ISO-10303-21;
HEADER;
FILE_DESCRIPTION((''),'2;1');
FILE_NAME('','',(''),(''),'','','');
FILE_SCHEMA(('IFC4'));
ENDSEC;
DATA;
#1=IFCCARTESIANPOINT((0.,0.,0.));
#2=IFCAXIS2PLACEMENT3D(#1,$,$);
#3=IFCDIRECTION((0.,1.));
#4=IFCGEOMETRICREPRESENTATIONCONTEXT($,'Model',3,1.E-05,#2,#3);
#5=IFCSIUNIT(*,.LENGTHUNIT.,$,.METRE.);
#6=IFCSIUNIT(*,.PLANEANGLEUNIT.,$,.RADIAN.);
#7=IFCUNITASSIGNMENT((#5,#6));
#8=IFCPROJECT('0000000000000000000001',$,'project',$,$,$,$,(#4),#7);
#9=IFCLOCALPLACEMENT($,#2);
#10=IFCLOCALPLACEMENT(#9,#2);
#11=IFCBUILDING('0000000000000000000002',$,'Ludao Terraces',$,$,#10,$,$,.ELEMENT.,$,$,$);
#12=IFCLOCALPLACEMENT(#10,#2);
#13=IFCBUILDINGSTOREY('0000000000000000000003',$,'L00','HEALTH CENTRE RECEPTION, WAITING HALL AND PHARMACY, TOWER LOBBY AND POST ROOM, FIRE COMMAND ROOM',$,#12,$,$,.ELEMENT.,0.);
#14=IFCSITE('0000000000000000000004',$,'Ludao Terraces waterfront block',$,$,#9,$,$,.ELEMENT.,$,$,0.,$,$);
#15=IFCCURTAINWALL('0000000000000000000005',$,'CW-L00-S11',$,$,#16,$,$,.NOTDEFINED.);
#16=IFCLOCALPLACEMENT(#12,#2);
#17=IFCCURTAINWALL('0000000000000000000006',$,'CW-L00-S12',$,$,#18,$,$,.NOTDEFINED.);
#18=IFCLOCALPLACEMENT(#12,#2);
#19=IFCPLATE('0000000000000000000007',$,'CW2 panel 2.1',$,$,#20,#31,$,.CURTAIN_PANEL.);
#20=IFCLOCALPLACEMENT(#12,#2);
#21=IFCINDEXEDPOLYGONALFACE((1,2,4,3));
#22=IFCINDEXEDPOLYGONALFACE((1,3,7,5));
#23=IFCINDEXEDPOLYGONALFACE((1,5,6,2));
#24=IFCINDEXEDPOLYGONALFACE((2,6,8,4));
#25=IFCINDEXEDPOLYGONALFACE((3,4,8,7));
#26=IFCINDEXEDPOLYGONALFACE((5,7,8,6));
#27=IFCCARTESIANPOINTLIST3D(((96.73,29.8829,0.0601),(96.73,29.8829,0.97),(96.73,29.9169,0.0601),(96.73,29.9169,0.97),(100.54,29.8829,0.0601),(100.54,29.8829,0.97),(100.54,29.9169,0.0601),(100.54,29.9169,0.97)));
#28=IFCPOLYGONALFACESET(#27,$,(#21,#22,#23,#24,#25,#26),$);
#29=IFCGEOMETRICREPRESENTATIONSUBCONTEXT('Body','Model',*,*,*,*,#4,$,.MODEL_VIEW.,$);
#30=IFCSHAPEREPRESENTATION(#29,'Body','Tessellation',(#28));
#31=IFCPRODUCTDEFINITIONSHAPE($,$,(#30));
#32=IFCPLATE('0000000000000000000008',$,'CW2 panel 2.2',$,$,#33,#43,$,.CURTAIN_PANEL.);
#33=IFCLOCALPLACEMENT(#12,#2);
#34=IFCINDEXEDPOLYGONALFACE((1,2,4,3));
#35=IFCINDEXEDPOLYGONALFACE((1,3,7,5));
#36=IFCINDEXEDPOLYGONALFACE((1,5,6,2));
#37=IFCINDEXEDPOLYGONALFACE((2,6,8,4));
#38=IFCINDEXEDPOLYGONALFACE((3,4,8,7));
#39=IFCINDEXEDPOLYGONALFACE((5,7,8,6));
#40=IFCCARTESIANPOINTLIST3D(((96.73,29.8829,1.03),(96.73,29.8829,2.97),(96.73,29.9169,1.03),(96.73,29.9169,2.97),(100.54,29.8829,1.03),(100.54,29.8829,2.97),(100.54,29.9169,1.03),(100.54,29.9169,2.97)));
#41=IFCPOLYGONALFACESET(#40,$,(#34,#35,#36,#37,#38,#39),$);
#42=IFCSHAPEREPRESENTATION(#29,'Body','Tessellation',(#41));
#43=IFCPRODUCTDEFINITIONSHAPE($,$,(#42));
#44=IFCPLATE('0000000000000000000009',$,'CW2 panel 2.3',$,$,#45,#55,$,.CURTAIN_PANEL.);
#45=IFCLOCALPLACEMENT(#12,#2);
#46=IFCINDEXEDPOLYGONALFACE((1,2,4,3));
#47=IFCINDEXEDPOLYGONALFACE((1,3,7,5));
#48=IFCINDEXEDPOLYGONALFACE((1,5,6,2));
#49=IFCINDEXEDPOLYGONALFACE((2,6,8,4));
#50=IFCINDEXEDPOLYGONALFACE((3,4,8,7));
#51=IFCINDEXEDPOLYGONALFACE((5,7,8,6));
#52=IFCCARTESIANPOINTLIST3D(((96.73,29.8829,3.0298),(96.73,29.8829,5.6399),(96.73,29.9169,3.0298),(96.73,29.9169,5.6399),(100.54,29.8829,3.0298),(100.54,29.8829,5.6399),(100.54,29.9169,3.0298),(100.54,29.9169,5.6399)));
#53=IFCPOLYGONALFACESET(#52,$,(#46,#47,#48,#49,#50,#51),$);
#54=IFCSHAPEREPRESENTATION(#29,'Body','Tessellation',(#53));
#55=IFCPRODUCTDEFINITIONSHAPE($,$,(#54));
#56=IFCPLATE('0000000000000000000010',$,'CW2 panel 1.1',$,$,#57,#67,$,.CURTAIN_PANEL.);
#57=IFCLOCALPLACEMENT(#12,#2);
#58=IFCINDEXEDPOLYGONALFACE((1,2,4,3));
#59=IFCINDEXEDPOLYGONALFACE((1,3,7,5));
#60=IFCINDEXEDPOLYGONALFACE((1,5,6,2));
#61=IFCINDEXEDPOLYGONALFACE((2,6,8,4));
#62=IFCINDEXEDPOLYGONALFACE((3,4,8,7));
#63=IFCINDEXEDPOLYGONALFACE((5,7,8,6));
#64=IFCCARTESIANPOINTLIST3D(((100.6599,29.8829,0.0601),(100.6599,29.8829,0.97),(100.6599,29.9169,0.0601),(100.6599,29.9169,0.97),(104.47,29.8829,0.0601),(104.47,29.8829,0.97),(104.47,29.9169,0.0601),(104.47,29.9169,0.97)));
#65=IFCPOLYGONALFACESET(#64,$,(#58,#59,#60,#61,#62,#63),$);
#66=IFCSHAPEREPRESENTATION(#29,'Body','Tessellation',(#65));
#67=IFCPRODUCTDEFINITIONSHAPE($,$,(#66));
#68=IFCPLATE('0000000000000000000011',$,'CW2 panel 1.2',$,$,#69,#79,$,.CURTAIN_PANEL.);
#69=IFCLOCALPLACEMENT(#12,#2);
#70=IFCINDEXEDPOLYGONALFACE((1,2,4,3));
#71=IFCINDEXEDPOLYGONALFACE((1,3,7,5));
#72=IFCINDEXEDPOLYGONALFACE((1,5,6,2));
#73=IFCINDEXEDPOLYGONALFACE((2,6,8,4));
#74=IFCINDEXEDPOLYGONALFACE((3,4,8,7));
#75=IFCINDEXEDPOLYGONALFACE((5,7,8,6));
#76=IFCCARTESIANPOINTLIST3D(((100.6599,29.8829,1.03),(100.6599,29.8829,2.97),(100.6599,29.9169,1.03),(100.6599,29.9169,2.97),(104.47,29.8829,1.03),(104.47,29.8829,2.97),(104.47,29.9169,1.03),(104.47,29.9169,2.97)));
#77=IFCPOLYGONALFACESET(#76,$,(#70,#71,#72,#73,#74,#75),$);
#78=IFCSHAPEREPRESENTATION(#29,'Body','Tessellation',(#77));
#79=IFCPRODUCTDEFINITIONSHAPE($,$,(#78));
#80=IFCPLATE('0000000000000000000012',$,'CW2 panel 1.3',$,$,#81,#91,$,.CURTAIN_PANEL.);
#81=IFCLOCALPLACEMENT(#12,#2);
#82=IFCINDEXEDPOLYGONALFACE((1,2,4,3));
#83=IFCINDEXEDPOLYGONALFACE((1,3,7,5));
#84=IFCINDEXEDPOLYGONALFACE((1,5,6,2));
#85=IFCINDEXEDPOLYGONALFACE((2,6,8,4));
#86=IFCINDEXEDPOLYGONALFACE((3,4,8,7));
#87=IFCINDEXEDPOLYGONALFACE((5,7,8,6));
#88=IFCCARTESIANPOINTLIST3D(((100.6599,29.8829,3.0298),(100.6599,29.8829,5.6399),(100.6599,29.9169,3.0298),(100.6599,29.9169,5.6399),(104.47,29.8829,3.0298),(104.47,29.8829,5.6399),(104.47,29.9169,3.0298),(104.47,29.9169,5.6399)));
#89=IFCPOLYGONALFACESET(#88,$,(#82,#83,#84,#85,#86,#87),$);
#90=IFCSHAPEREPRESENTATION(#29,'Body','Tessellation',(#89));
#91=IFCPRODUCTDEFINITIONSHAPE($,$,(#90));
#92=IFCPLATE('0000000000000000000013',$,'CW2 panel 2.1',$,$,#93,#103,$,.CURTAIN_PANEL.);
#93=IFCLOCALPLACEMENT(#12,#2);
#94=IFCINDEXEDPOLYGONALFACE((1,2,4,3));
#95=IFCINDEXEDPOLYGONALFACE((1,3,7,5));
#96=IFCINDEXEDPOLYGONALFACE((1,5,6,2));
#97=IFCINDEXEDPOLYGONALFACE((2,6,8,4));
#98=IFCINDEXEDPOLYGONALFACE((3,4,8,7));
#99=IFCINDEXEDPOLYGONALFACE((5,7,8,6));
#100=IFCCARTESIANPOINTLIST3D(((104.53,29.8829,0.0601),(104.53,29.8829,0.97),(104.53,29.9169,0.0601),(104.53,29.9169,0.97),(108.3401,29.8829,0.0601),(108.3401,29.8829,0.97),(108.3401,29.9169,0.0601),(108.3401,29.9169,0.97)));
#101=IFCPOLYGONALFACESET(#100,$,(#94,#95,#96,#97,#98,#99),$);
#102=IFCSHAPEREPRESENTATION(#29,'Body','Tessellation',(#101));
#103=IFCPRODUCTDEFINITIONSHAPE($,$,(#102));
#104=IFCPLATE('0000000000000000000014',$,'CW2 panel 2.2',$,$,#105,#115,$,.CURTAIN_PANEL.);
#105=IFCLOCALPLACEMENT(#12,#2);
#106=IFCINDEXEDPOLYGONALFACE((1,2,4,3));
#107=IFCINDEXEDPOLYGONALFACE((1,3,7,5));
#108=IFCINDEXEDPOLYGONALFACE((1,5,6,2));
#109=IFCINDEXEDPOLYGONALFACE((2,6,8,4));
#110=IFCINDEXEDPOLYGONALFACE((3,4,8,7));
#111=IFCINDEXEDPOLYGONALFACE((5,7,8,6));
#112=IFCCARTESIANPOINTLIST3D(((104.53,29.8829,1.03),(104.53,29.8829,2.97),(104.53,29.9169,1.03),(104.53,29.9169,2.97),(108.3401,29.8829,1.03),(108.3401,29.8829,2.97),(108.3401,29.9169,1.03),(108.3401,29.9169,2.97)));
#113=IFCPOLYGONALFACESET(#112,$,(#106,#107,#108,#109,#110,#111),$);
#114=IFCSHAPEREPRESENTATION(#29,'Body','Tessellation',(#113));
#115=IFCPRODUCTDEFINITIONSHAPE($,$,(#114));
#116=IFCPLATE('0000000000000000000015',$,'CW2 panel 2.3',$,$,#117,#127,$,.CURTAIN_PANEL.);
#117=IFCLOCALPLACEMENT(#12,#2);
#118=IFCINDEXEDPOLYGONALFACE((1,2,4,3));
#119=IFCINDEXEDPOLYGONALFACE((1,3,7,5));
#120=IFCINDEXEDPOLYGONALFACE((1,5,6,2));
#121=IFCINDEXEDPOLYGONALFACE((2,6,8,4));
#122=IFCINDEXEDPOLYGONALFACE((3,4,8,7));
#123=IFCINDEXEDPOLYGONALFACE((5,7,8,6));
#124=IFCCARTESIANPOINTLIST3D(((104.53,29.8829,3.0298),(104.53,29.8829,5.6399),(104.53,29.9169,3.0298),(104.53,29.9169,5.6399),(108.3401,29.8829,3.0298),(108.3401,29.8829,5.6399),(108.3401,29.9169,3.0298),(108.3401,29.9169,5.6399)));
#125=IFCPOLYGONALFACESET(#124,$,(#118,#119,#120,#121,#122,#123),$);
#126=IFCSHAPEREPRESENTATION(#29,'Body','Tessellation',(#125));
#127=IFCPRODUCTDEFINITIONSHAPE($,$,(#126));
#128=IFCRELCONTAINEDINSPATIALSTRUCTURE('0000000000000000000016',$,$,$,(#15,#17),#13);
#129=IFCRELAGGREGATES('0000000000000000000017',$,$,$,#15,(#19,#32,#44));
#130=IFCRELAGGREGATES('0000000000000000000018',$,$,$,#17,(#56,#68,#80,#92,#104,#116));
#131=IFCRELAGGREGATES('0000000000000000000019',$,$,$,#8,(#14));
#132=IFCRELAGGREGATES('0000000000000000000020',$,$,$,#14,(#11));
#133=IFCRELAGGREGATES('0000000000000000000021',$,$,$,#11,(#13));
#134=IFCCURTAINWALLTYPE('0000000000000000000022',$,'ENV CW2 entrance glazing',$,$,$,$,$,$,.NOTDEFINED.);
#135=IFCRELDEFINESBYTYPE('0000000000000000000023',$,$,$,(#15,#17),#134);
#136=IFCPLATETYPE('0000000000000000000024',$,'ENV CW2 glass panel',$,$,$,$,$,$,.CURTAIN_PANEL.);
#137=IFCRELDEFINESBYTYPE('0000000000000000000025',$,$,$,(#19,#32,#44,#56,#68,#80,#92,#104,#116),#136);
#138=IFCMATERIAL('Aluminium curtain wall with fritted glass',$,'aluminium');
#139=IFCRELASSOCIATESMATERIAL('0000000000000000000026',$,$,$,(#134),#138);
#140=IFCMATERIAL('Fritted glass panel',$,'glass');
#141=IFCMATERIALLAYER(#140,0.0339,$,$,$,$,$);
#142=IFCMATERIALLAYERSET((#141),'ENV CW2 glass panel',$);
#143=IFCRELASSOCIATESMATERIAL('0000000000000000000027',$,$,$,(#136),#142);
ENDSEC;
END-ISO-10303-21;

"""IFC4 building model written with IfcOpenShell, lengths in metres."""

from ifc_helpers import new_model, si_unit, direction, frame, origin, origin_2d, place, context, subcontext, project, spatial, rectangle, extrude, material, layer, layer_set, type_object, element, aggregate, save


model = new_model("IFC4")

# Units and contexts
model_context = context("Model", 3, precision=1e-05, world=origin(), true_north=direction((0.0, 1.0)))
body_context = subcontext(model_context, "Body", "Model", "MODEL_VIEW")
ifc_project = project(units=[si_unit("LENGTHUNIT", "METRE"), si_unit("PLANEANGLEUNIT", "RADIAN")], contexts=[model_context])

# Site, building, storey
site_placement = place(None, origin())
site = spatial("IfcSite", under=ifc_project, at=site_placement, Name="Ludao Terraces waterfront block", CompositionType="ELEMENT", RefElevation=0.0)
building_placement = place(site_placement, origin())
building = spatial("IfcBuilding", under=site, at=building_placement, Name="Ludao Terraces", CompositionType="ELEMENT")
storey_placement = place(building_placement, origin())
storey = spatial("IfcBuildingStorey", under=building, at=storey_placement, Name="L00", Description="HEALTH CENTRE RECEPTION, WAITING HALL AND PHARMACY, TOWER LOBBY AND POST ROOM, FIRE COMMAND ROOM", CompositionType="ELEMENT", Elevation=0.0)

# Curtain wall
ifc_material_1 = material(Name="Aluminium curtain wall with fritted glass", Category="aluminium")
curtain_wall_type = type_object("IfcCurtainWallType", Name="ENV CW2 entrance glazing", PredefinedType="NOTDEFINED", material=ifc_material_1)
curtain_wall_1_placement = place(storey_placement, origin())
curtain_wall_1 = element("IfcCurtainWall", 1, at=curtain_wall_1_placement, inside=storey, type_object=curtain_wall_type, Name="CW-L00-S11", PredefinedType="NOTDEFINED")

# Curtain wall
curtain_wall_2_placement = place(storey_placement, origin())
curtain_wall_2 = element("IfcCurtainWall", 2, at=curtain_wall_2_placement, inside=storey, type_object=curtain_wall_type, Name="CW-L00-S12", PredefinedType="NOTDEFINED")

# Plates
ifc_material_2 = material(Name="Fritted glass panel", Category="glass")
ifc_layer = layer(ifc_material_2, 0.0339)
ifc_layer_set = layer_set([ifc_layer], Name="ENV CW2 glass panel")
plate_type = type_object("IfcPlateType", Name="ENV CW2 glass panel", PredefinedType="CURTAIN_PANEL", material=ifc_layer_set)
plate_1_placement = place(storey_placement, frame((98.635, 29.8999, 0.0601), z_axis=(0.0, 0.0, 1.0), x_axis=(1.0, 0.0, 0.0)))
plate_1 = element("IfcPlate", 3, at=plate_1_placement, type_object=plate_type, Name="CW2 panel 2.1", PredefinedType="CURTAIN_PANEL", context=body_context, shape_type="SweptSolid", body=[
    extrude(rectangle(XDim=3.8101, YDim=0.0339, at=origin_2d()), origin(), (0.0, 0.0, 1.0), 0.9099),
])
plate_2_placement = place(storey_placement, frame((98.635, 29.8999, 1.03), z_axis=(0.0, 0.0, 1.0), x_axis=(1.0, 0.0, 0.0)))
plate_2 = element("IfcPlate", 4, at=plate_2_placement, type_object=plate_type, Name="CW2 panel 2.2", PredefinedType="CURTAIN_PANEL", context=body_context, shape_type="SweptSolid", body=[
    extrude(rectangle(XDim=3.8101, YDim=0.0339, at=origin_2d()), origin(), (0.0, 0.0, 1.0), 1.9399),
])
plate_3_placement = place(storey_placement, frame((98.635, 29.8999, 3.0298), z_axis=(0.0, 0.0, 1.0), x_axis=(1.0, 0.0, 0.0)))
plate_3 = element("IfcPlate", 5, at=plate_3_placement, type_object=plate_type, Name="CW2 panel 2.3", PredefinedType="CURTAIN_PANEL", context=body_context, shape_type="SweptSolid", body=[
    extrude(rectangle(XDim=3.8101, YDim=0.0339, at=origin_2d()), origin(), (0.0, 0.0, 1.0), 2.6101),
])
aggregate(curtain_wall_1, [plate_1, plate_2, plate_3])
plate_4_placement = place(storey_placement, frame((102.5649, 29.8999, 0.0601), z_axis=(0.0, 0.0, 1.0), x_axis=(1.0, 0.0, 0.0)))
plate_4 = element("IfcPlate", 6, at=plate_4_placement, type_object=plate_type, Name="CW2 panel 1.1", PredefinedType="CURTAIN_PANEL", context=body_context, shape_type="SweptSolid", body=[
    extrude(rectangle(XDim=3.8101, YDim=0.0339, at=origin_2d()), origin(), (0.0, 0.0, 1.0), 0.9099),
])
plate_5_placement = place(storey_placement, frame((102.5649, 29.8999, 1.03), z_axis=(0.0, 0.0, 1.0), x_axis=(1.0, 0.0, 0.0)))
plate_5 = element("IfcPlate", 7, at=plate_5_placement, type_object=plate_type, Name="CW2 panel 1.2", PredefinedType="CURTAIN_PANEL", context=body_context, shape_type="SweptSolid", body=[
    extrude(rectangle(XDim=3.8101, YDim=0.0339, at=origin_2d()), origin(), (0.0, 0.0, 1.0), 1.9399),
])
plate_6_placement = place(storey_placement, frame((102.5649, 29.8999, 3.0298), z_axis=(0.0, 0.0, 1.0), x_axis=(1.0, 0.0, 0.0)))
plate_6 = element("IfcPlate", 8, at=plate_6_placement, type_object=plate_type, Name="CW2 panel 1.3", PredefinedType="CURTAIN_PANEL", context=body_context, shape_type="SweptSolid", body=[
    extrude(rectangle(XDim=3.8101, YDim=0.0339, at=origin_2d()), origin(), (0.0, 0.0, 1.0), 2.6101),
])
plate_7_placement = place(storey_placement, frame((106.4351, 29.8999, 0.0601), z_axis=(0.0, 0.0, 1.0), x_axis=(1.0, 0.0, 0.0)))
plate_7 = element("IfcPlate", 9, at=plate_7_placement, type_object=plate_type, Name="CW2 panel 2.1", PredefinedType="CURTAIN_PANEL", context=body_context, shape_type="SweptSolid", body=[
    extrude(rectangle(XDim=3.8101, YDim=0.0339, at=origin_2d()), origin(), (0.0, 0.0, 1.0), 0.9099),
])
plate_8_placement = place(storey_placement, frame((106.4351, 29.8999, 1.03), z_axis=(0.0, 0.0, 1.0), x_axis=(1.0, 0.0, 0.0)))
plate_8 = element("IfcPlate", 10, at=plate_8_placement, type_object=plate_type, Name="CW2 panel 2.2", PredefinedType="CURTAIN_PANEL", context=body_context, shape_type="SweptSolid", body=[
    extrude(rectangle(XDim=3.8101, YDim=0.0339, at=origin_2d()), origin(), (0.0, 0.0, 1.0), 1.9399),
])
plate_9_placement = place(storey_placement, frame((106.4351, 29.8999, 3.0298), z_axis=(0.0, 0.0, 1.0), x_axis=(1.0, 0.0, 0.0)))
plate_9 = element("IfcPlate", 11, at=plate_9_placement, type_object=plate_type, Name="CW2 panel 2.3", PredefinedType="CURTAIN_PANEL", context=body_context, shape_type="SweptSolid", body=[
    extrude(rectangle(XDim=3.8101, YDim=0.0339, at=origin_2d()), origin(), (0.0, 0.0, 1.0), 2.6101),
])
aggregate(curtain_wall_2, [plate_4, plate_5, plate_6, plate_7, plate_8, plate_9])

save(model, "model.ifc")
